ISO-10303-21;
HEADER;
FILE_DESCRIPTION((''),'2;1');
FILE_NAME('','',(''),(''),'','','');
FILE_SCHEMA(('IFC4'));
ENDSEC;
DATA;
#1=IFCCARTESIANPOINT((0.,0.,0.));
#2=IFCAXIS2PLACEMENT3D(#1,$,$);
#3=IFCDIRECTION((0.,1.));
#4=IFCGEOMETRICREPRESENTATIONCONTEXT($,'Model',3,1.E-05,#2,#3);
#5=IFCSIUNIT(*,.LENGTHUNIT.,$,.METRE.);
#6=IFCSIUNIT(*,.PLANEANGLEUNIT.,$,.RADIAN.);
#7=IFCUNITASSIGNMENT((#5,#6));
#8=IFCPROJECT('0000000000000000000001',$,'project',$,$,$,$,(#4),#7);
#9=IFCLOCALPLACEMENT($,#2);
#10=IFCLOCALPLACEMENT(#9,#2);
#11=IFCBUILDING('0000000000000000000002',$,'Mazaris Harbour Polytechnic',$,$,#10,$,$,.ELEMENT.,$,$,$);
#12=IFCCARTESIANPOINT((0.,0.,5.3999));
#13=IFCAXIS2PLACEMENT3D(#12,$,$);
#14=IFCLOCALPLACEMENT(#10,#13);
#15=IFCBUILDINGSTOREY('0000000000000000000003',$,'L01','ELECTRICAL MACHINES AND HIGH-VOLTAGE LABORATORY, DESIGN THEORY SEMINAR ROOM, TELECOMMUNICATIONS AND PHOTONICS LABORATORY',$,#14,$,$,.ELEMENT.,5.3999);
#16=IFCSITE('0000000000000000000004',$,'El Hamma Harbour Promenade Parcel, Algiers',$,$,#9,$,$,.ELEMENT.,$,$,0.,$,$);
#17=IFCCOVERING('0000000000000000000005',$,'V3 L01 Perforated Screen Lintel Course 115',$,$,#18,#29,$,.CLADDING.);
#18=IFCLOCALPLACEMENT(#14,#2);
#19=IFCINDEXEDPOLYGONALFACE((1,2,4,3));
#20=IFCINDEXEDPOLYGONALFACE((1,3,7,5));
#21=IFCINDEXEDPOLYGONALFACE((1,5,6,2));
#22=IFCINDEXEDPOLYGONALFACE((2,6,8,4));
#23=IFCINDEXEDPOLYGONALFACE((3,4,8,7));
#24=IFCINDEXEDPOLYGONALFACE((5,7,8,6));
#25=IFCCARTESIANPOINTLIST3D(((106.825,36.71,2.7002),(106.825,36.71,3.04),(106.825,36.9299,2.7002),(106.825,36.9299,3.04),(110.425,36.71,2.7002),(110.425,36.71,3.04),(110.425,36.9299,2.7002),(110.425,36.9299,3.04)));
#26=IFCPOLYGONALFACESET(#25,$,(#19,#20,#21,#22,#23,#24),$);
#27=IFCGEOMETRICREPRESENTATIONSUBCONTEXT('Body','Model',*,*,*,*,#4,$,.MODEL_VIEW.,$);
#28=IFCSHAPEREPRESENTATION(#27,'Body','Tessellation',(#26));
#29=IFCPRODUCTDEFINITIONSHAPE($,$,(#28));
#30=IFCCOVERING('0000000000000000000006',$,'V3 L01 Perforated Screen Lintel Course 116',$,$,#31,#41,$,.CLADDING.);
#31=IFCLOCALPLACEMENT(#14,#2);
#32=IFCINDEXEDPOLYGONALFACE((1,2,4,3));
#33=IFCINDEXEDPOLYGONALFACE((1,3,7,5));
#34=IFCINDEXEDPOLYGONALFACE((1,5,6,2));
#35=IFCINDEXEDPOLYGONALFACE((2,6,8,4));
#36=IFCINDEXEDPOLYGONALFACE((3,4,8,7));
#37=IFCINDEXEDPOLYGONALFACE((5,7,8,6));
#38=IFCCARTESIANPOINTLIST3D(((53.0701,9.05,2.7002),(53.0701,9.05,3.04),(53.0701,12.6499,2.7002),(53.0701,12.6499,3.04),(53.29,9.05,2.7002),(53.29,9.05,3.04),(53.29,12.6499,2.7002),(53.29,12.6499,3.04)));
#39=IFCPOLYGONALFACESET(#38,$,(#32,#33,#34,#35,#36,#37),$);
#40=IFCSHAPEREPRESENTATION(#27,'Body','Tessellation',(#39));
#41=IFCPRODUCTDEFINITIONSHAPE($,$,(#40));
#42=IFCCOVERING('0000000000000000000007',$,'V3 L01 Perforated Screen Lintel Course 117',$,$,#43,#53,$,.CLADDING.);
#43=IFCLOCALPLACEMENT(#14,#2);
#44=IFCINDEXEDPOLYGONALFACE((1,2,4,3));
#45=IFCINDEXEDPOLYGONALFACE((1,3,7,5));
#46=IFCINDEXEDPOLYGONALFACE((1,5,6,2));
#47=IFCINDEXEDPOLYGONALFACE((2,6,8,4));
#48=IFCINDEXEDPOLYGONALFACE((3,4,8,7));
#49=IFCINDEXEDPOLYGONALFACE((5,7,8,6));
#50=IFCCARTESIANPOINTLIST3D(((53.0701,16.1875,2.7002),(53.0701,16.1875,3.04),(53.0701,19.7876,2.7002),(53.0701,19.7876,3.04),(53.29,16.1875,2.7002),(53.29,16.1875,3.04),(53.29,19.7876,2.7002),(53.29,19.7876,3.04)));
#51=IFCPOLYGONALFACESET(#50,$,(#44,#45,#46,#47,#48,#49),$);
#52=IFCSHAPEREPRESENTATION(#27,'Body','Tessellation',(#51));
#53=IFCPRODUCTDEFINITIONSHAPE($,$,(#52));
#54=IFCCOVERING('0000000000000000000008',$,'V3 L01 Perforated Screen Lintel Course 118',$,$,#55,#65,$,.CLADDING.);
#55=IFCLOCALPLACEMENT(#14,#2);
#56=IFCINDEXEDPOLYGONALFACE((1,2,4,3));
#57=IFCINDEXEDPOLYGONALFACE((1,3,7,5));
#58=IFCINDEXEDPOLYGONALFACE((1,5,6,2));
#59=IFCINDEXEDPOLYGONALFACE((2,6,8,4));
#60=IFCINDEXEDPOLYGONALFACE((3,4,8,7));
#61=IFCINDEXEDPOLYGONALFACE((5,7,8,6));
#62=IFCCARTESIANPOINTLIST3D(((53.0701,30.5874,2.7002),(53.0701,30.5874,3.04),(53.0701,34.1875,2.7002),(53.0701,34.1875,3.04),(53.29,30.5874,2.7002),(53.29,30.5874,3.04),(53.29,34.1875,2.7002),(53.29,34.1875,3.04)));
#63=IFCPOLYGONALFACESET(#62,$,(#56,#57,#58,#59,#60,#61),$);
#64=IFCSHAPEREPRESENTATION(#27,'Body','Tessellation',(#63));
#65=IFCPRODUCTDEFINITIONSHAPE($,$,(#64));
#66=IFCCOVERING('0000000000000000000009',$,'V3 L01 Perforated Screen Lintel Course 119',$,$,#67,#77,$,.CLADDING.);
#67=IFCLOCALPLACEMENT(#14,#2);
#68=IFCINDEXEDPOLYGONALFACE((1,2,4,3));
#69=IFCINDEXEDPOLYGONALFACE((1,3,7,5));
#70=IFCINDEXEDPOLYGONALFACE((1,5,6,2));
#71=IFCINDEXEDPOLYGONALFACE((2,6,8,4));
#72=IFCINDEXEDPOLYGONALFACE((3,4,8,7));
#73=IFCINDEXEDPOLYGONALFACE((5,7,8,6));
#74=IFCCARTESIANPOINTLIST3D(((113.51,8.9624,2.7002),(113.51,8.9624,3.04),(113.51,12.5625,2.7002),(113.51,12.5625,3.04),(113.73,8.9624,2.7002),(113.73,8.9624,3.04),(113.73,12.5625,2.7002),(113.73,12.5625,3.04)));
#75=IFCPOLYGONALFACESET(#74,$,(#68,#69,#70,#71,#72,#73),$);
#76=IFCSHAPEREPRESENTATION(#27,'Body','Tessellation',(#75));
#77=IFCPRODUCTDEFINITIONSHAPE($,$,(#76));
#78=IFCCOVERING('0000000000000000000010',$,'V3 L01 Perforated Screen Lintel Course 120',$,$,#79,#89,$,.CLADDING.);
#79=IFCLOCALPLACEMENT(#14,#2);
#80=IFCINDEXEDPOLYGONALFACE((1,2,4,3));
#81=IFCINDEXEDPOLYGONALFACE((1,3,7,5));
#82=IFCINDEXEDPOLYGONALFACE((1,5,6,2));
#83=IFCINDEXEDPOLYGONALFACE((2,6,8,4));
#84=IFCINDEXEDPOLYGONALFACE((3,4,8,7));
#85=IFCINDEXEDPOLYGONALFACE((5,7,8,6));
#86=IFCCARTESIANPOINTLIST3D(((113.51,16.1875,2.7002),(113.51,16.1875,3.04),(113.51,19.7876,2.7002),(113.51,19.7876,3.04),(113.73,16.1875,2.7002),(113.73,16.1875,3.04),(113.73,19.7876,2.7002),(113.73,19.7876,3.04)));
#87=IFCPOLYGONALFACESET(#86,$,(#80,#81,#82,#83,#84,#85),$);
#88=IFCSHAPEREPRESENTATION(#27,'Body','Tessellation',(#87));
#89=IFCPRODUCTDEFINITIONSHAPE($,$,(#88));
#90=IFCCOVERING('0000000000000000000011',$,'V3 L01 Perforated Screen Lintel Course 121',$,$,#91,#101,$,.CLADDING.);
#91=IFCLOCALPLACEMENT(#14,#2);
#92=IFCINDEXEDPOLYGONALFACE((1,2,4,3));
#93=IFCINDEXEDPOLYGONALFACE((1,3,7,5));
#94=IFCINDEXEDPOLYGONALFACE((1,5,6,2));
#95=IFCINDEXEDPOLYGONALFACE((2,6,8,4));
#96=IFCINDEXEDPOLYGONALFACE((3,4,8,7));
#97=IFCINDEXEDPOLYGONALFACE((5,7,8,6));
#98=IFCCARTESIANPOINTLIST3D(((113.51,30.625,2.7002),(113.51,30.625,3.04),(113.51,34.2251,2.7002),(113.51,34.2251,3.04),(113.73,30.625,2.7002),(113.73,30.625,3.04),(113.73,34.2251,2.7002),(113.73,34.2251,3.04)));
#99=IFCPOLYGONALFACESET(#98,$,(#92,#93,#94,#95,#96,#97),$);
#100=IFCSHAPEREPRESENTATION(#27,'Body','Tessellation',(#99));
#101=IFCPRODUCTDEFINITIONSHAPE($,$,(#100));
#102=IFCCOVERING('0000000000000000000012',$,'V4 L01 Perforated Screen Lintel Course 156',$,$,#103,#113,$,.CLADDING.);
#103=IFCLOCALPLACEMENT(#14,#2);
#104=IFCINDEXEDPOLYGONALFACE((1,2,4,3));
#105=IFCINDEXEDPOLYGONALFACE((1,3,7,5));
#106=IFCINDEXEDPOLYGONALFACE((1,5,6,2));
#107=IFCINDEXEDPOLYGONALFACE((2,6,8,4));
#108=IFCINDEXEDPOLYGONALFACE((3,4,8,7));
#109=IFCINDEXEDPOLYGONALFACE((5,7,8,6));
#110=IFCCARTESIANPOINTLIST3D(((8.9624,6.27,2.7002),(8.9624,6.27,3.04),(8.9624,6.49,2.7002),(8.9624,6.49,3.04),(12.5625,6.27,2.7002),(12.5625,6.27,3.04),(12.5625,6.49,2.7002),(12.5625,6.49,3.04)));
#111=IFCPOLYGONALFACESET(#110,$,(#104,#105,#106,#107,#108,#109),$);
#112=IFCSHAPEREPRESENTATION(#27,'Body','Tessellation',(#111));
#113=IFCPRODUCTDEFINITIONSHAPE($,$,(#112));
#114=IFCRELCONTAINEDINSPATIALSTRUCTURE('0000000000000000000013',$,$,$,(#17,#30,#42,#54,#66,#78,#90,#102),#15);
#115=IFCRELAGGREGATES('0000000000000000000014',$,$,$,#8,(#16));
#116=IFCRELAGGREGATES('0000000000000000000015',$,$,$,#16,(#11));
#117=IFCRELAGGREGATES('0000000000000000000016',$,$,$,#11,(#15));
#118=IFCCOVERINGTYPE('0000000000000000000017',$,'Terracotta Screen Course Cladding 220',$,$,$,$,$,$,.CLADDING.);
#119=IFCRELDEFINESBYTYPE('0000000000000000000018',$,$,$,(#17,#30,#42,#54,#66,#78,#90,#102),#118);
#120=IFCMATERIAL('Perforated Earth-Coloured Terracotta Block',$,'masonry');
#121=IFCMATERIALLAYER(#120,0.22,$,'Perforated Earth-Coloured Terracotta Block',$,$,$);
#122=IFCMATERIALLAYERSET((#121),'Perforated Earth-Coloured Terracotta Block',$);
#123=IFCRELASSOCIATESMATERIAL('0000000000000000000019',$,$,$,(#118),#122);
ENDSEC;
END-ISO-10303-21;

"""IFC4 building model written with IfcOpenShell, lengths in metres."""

from ifc_helpers import new_model, si_unit, direction, frame, origin, place, context, subcontext, project, spatial, polyline, outline, extrude, material, layer, layer_set, type_object, element, save


model = new_model("IFC4")

# Units and contexts
model_context = context("Model", 3, precision=1e-05, world=origin(), true_north=direction((0.0, 1.0)))
body_context = subcontext(model_context, "Body", "Model", "MODEL_VIEW")
ifc_project = project(units=[si_unit("LENGTHUNIT", "METRE"), si_unit("PLANEANGLEUNIT", "RADIAN")], contexts=[model_context])

# Site, building, storey
site_placement = place(None, origin())
site = spatial("IfcSite", under=ifc_project, at=site_placement, Name="El Hamma Harbour Promenade Parcel, Algiers", CompositionType="ELEMENT", RefElevation=0.0)
building_placement = place(site_placement, origin())
building = spatial("IfcBuilding", under=site, at=building_placement, Name="Mazaris Harbour Polytechnic", CompositionType="ELEMENT")
storey_placement = place(building_placement, frame((0.0, 0.0, 5.3999)))
storey = spatial("IfcBuildingStorey", under=building, at=storey_placement, Name="L01", Description="ELECTRICAL MACHINES AND HIGH-VOLTAGE LABORATORY, DESIGN THEORY SEMINAR ROOM, TELECOMMUNICATIONS AND PHOTONICS LABORATORY", CompositionType="ELEMENT", Elevation=5.3999)

# Coverings
ifc_material = material(Name="Perforated Earth-Coloured Terracotta Block", Category="masonry")
ifc_layer = layer(ifc_material, 0.22, Name="Perforated Earth-Coloured Terracotta Block")
ifc_layer_set = layer_set([ifc_layer], Name="Perforated Earth-Coloured Terracotta Block")
covering_type = type_object("IfcCoveringType", Name="Terracotta Screen Course Cladding 220", PredefinedType="CLADDING", material=ifc_layer_set)
covering_1_placement = place(storey_placement, frame((0.0, 0.0, 2.7002)))
element("IfcCovering", 1, at=covering_1_placement, inside=storey, type_object=covering_type, Name="V3 L01 Perforated Screen Lintel Course 115", PredefinedType="CLADDING", context=body_context, shape_type="SweptSolid", body=[
    extrude(outline(polyline([(106.825, 36.71), (110.425, 36.71), (110.425, 36.9299), (106.825, 36.9299), (106.825, 36.71)])), origin(), (0.0, 0.0, 1.0), 0.3398),
])
covering_2_placement = place(storey_placement, frame((0.0, 0.0, 2.7002)))
element("IfcCovering", 2, at=covering_2_placement, inside=storey, type_object=covering_type, Name="V3 L01 Perforated Screen Lintel Course 116", PredefinedType="CLADDING", context=body_context, shape_type="SweptSolid", body=[
    extrude(outline(polyline([(53.29, 9.05), (53.29, 12.6499), (53.0701, 12.6499), (53.0701, 9.05), (53.29, 9.05)])), origin(), (0.0, 0.0, 1.0), 0.3398),
])
covering_3_placement = place(storey_placement, frame((0.0, 0.0, 2.7002)))
element("IfcCovering", 3, at=covering_3_placement, inside=storey, type_object=covering_type, Name="V3 L01 Perforated Screen Lintel Course 117", PredefinedType="CLADDING", context=body_context, shape_type="SweptSolid", body=[
    extrude(outline(polyline([(53.29, 16.1875), (53.29, 19.7876), (53.0701, 19.7876), (53.0701, 16.1875), (53.29, 16.1875)])), origin(), (0.0, 0.0, 1.0), 0.3398),
])
covering_4_placement = place(storey_placement, frame((0.0, 0.0, 2.7002)))
element("IfcCovering", 4, at=covering_4_placement, inside=storey, type_object=covering_type, Name="V3 L01 Perforated Screen Lintel Course 118", PredefinedType="CLADDING", context=body_context, shape_type="SweptSolid", body=[
    extrude(outline(polyline([(53.29, 30.5874), (53.29, 34.1875), (53.0701, 34.1875), (53.0701, 30.5874), (53.29, 30.5874)])), origin(), (0.0, 0.0, 1.0), 0.3398),
])
covering_5_placement = place(storey_placement, frame((0.0, 0.0, 2.7002)))
element("IfcCovering", 5, at=covering_5_placement, inside=storey, type_object=covering_type, Name="V3 L01 Perforated Screen Lintel Course 119", PredefinedType="CLADDING", context=body_context, shape_type="SweptSolid", body=[
    extrude(outline(polyline([(113.51, 12.5625), (113.51, 8.9624), (113.73, 8.9624), (113.73, 12.5625), (113.51, 12.5625)])), origin(), (0.0, 0.0, 1.0), 0.3398),
])
covering_6_placement = place(storey_placement, frame((0.0, 0.0, 2.7002)))
element("IfcCovering", 6, at=covering_6_placement, inside=storey, type_object=covering_type, Name="V3 L01 Perforated Screen Lintel Course 120", PredefinedType="CLADDING", context=body_context, shape_type="SweptSolid", body=[
    extrude(outline(polyline([(113.51, 19.7876), (113.51, 16.1875), (113.73, 16.1875), (113.73, 19.7876), (113.51, 19.7876)])), origin(), (0.0, 0.0, 1.0), 0.3398),
])
covering_7_placement = place(storey_placement, frame((0.0, 0.0, 2.7002)))
element("IfcCovering", 7, at=covering_7_placement, inside=storey, type_object=covering_type, Name="V3 L01 Perforated Screen Lintel Course 121", PredefinedType="CLADDING", context=body_context, shape_type="SweptSolid", body=[
    extrude(outline(polyline([(113.51, 34.2251), (113.51, 30.625), (113.73, 30.625), (113.73, 34.2251), (113.51, 34.2251)])), origin(), (0.0, 0.0, 1.0), 0.3398),
])
covering_8_placement = place(storey_placement, frame((0.0, 0.0, 2.7002)))
element("IfcCovering", 8, at=covering_8_placement, inside=storey, type_object=covering_type, Name="V4 L01 Perforated Screen Lintel Course 156", PredefinedType="CLADDING", context=body_context, shape_type="SweptSolid", body=[
    extrude(outline(polyline([(12.5625, 6.49), (8.9624, 6.49), (8.9624, 6.27), (12.5625, 6.27), (12.5625, 6.49)])), origin(), (0.0, 0.0, 1.0), 0.3398),
])

save(model, "model.ifc")
